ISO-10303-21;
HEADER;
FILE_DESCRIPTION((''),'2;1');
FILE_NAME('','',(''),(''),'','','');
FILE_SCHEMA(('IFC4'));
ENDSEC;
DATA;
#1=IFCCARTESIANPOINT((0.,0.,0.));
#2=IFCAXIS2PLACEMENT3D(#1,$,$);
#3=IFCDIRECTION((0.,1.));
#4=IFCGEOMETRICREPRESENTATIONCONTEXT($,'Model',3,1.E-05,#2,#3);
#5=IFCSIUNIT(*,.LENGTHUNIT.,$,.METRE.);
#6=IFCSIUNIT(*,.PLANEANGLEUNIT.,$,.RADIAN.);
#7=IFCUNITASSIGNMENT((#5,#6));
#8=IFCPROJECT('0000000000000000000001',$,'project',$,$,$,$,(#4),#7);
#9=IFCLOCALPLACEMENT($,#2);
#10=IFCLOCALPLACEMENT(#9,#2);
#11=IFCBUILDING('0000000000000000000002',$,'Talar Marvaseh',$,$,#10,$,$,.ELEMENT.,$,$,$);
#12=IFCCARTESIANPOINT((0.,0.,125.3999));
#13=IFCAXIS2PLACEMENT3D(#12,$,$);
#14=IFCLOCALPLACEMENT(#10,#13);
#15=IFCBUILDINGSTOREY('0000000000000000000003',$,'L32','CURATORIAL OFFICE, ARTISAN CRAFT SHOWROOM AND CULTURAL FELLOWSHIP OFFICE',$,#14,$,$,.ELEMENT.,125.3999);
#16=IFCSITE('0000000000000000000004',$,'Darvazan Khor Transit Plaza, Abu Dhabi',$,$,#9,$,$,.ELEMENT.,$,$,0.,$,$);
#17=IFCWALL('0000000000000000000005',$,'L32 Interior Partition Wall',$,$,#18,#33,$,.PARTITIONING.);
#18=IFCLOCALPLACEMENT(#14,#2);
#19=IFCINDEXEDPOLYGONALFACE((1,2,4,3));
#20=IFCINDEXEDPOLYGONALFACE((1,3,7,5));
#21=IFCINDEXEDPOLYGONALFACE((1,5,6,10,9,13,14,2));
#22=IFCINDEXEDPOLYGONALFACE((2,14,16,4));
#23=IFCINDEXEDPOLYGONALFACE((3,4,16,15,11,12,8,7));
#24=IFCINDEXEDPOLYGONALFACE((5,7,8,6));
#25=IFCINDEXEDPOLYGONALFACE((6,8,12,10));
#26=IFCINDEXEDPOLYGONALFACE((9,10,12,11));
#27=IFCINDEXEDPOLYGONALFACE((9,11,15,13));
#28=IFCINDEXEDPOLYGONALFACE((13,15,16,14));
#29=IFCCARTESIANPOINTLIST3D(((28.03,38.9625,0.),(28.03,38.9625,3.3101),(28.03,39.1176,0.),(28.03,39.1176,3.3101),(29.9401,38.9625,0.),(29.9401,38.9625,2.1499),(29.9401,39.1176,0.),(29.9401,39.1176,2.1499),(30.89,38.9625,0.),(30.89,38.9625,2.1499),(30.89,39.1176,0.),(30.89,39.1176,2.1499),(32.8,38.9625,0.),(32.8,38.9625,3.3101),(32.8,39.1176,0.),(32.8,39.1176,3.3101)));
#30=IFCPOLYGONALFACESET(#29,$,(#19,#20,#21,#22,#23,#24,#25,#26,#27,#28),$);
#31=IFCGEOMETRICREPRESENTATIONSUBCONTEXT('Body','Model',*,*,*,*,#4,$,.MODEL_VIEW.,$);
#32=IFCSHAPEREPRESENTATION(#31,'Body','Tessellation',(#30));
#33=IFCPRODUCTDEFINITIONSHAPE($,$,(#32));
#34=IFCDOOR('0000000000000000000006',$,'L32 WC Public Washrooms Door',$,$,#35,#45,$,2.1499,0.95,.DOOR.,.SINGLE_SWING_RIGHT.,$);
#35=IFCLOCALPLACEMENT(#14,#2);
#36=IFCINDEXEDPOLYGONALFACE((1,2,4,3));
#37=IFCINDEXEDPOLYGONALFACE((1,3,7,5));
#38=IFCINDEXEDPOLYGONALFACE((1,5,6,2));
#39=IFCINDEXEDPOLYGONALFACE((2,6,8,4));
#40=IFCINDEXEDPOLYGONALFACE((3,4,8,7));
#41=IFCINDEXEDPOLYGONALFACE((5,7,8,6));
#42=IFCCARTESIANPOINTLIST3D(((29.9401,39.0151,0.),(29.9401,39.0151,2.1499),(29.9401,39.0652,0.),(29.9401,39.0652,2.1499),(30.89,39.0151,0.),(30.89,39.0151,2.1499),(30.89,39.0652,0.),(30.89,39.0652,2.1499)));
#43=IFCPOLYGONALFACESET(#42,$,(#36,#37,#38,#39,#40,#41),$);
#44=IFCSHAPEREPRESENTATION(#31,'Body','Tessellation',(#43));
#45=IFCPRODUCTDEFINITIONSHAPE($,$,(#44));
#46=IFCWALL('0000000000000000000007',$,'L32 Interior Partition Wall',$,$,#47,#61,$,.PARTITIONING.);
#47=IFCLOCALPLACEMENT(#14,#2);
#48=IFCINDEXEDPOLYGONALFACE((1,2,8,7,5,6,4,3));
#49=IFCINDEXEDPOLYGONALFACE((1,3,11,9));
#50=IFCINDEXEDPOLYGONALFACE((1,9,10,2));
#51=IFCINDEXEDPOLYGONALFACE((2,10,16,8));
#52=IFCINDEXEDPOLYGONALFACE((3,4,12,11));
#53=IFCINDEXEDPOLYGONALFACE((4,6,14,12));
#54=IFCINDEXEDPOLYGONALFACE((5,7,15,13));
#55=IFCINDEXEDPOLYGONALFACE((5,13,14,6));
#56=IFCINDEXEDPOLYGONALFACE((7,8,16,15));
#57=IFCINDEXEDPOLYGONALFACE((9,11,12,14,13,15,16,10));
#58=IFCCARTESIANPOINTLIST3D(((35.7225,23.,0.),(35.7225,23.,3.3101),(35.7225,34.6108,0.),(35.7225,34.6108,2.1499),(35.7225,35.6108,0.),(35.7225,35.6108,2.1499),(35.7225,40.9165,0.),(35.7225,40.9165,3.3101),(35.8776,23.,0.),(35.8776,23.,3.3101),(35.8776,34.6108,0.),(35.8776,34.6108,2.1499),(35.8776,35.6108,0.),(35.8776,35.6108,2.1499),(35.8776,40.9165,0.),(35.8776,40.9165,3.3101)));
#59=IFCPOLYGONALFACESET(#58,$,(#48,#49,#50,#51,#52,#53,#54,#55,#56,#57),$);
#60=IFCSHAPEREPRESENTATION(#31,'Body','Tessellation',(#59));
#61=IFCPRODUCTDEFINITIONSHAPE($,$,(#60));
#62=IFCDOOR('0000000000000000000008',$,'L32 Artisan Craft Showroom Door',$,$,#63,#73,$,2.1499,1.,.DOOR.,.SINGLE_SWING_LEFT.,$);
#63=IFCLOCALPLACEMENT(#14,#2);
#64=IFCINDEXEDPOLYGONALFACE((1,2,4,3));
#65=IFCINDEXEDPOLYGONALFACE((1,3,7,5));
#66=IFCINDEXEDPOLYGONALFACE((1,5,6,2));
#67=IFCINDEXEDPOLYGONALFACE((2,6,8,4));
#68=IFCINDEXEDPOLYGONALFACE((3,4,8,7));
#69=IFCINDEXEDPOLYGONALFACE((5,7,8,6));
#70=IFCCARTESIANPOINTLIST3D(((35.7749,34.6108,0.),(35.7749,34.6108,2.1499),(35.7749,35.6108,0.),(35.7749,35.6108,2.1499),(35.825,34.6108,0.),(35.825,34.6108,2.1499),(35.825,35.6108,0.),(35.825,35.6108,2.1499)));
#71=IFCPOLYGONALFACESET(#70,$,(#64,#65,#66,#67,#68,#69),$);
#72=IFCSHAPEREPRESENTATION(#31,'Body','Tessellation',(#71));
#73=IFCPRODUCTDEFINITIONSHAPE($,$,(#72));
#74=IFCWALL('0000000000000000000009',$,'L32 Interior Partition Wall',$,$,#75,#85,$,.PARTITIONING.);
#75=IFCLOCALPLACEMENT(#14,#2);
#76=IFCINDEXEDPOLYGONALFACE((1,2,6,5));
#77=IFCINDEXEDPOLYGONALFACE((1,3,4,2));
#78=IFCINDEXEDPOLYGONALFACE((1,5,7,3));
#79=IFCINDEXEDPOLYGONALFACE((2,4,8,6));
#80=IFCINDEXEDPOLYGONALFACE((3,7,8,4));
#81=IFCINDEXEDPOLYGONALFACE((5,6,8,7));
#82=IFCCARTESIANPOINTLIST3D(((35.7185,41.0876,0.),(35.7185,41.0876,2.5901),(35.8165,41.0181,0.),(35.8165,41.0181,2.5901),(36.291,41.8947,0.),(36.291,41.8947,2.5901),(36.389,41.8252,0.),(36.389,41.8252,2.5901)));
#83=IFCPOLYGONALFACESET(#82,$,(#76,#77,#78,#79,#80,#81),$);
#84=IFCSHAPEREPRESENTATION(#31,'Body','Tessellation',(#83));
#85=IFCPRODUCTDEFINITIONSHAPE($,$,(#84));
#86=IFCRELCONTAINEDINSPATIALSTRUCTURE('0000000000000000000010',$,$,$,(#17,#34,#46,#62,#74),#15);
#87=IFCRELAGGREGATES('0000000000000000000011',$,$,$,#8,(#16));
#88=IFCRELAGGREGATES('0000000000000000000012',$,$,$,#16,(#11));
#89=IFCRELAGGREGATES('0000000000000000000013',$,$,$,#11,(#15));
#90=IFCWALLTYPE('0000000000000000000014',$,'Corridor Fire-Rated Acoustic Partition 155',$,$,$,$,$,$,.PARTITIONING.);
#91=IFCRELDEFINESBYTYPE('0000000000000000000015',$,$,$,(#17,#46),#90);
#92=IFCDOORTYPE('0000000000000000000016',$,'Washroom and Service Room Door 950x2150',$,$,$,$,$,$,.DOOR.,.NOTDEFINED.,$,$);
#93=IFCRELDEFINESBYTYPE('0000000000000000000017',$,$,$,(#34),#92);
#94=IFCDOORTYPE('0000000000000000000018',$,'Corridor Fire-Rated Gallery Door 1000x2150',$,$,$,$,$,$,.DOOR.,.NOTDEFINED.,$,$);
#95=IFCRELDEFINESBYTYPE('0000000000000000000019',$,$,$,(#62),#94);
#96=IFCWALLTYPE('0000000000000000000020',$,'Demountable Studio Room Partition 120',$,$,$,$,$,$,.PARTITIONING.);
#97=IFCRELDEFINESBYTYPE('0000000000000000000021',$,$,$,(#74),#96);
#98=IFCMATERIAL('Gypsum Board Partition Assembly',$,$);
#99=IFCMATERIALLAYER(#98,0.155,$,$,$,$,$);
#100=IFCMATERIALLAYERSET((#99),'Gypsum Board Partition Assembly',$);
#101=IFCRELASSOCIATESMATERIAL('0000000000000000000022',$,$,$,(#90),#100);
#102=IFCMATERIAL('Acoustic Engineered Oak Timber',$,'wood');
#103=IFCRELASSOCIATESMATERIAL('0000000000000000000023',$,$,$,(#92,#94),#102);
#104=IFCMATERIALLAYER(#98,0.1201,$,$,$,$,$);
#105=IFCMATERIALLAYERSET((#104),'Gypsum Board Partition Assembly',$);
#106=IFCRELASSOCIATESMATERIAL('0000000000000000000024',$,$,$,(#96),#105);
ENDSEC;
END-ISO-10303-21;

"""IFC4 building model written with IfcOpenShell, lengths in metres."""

from ifc_helpers import new_model, si_unit, direction, frame, frame_2d, origin, place, context, subcontext, project, spatial, rectangle, extrude, source, transform, mapped, material, layer, layer_set, type_object, type_shapes, element, fill, save


model = new_model("IFC4")

# Units and contexts
model_context = context("Model", 3, precision=1e-05, world=origin(), true_north=direction((0.0, 1.0)))
body_context = subcontext(model_context, "Body", "Model", "MODEL_VIEW")
ifc_project = project(units=[si_unit("LENGTHUNIT", "METRE"), si_unit("PLANEANGLEUNIT", "RADIAN")], contexts=[model_context])

# Site, building, storey
site_placement = place(None, origin())
site = spatial("IfcSite", under=ifc_project, at=site_placement, Name="Darvazan Khor Transit Plaza, Abu Dhabi", CompositionType="ELEMENT", RefElevation=0.0)
building_placement = place(site_placement, origin())
building = spatial("IfcBuilding", under=site, at=building_placement, Name="Talar Marvaseh", CompositionType="ELEMENT")
storey_placement = place(building_placement, frame((0.0, 0.0, 125.3999)))
storey = spatial("IfcBuildingStorey", under=building, at=storey_placement, Name="L32", Description="CURATORIAL OFFICE, ARTISAN CRAFT SHOWROOM AND CULTURAL FELLOWSHIP OFFICE", CompositionType="ELEMENT", Elevation=125.3999)

# Walls, openings, doors
ifc_material_1 = material(Name="Gypsum Board Partition Assembly")
ifc_layer_1 = layer(ifc_material_1, 0.155)
ifc_layer_set_1 = layer_set([ifc_layer_1], Name="Gypsum Board Partition Assembly")
wall_type_1 = type_object("IfcWallType", Name="Corridor Fire-Rated Acoustic Partition 155", PredefinedType="PARTITIONING", material=ifc_layer_set_1)
wall_1_placement = place(storey_placement, frame((32.8, 39.04, 0.0), z_axis=(0.0, 0.0, 1.0), x_axis=(-1.0, 0.0, 0.0)))
wall_1 = element("IfcWall", 1, at=wall_1_placement, inside=storey, type_object=wall_type_1, Name="L32 Interior Partition Wall", PredefinedType="PARTITIONING", context=body_context, shape_type="SweptSolid", body=[
    extrude(rectangle(XDim=4.77, YDim=0.155, at=frame_2d((2.385, 0.0))), origin(), (0.0, 0.0, 1.0), 3.3101),
])
opening_1_placement = place(wall_1_placement, frame((1.9099, 0.0, 0.0)))
opening_1 = element("IfcOpeningElement", 2, at=opening_1_placement, cuts=wall_1, PredefinedType="OPENING", context=body_context, shape_type="SweptSolid", body=[
    extrude(rectangle(XDim=0.95, YDim=2.1499, at=frame_2d((0.4751, 1.075))), frame((0.0, 0.0874, 0.0), z_axis=(0.0, -1.0, 0.0), x_axis=(1.0, 0.0, 0.0)), (0.0, 0.0, 1.0), 0.175),
])
ifc_material_2 = material(Name="Acoustic Engineered Oak Timber", Category="wood")
door_type_1 = type_object("IfcDoorType", Name="Washroom and Service Room Door 950x2150", OperationType="NOTDEFINED", PredefinedType="DOOR", material=ifc_material_2)
shared_shape_1 = source(origin(), body_context, "Body", "SweptSolid", [
    extrude(rectangle(XDim=0.95, YDim=2.1499, at=frame_2d((0.4751, 1.075))), frame((0.0, 0.0249, 0.0), z_axis=(0.0, -1.0, 0.0), x_axis=(1.0, 0.0, 0.0)), (0.0, 0.0, 1.0), 0.05),
])
type_shapes(door_type_1, [shared_shape_1])
door_1_placement = place(opening_1_placement, origin())
door_1 = element("IfcDoor", 3, at=door_1_placement, inside=storey, type_object=door_type_1, Name="L32 WC Public Washrooms Door", OperationType="SINGLE_SWING_RIGHT", OverallHeight=2.1499, OverallWidth=0.95, PredefinedType="DOOR", context=body_context, shape_type="MappedRepresentation", body=[
    mapped(shared_shape_1, transform((0.0, 0.0, 0.0), x_axis=(1.0, 0.0, 0.0), y_axis=(0.0, 1.0, 0.0), z_axis=(0.0, 0.0, 1.0), scale=1.0)),
])
fill(opening_1, door_1)
wall_2_placement = place(storey_placement, frame((35.8, 40.9165, 0.0), z_axis=(0.0, 0.0, 1.0), x_axis=(0.0, -1.0, 0.0)))
wall_2 = element("IfcWall", 4, at=wall_2_placement, inside=storey, type_object=wall_type_1, Name="L32 Interior Partition Wall", PredefinedType="PARTITIONING", context=body_context, shape_type="SweptSolid", body=[
    extrude(rectangle(XDim=17.9165, YDim=0.155, at=frame_2d((8.9583, 0.0))), origin(), (0.0, 0.0, 1.0), 3.3101),
])
opening_2_placement = place(wall_2_placement, frame((5.3057, 0.0, 0.0)))
opening_2 = element("IfcOpeningElement", 5, at=opening_2_placement, cuts=wall_2, PredefinedType="OPENING", context=body_context, shape_type="SweptSolid", body=[
    extrude(rectangle(XDim=1.0, YDim=2.1499, at=frame_2d((0.5, 1.075))), frame((0.0, 0.0874, 0.0), z_axis=(0.0, -1.0, 0.0), x_axis=(1.0, 0.0, 0.0)), (0.0, 0.0, 1.0), 0.175),
])
door_type_2 = type_object("IfcDoorType", Name="Corridor Fire-Rated Gallery Door 1000x2150", OperationType="NOTDEFINED", PredefinedType="DOOR", material=ifc_material_2)
shared_shape_2 = source(origin(), body_context, "Body", "SweptSolid", [
    extrude(rectangle(XDim=1.0, YDim=2.1499, at=frame_2d((0.5, 1.075))), frame((0.0, 0.0249, 0.0), z_axis=(0.0, -1.0, 0.0), x_axis=(1.0, 0.0, 0.0)), (0.0, 0.0, 1.0), 0.05),
])
type_shapes(door_type_2, [shared_shape_2])
door_2_placement = place(opening_2_placement, origin())
door_2 = element("IfcDoor", 6, at=door_2_placement, inside=storey, type_object=door_type_2, Name="L32 Artisan Craft Showroom Door", OperationType="SINGLE_SWING_LEFT", OverallHeight=2.1499, OverallWidth=1.0, PredefinedType="DOOR", context=body_context, shape_type="MappedRepresentation", body=[
    mapped(shared_shape_2, transform((0.0, 0.0, 0.0), x_axis=(1.0, 0.0, 0.0), y_axis=(0.0, 1.0, 0.0), z_axis=(0.0, 0.0, 1.0), scale=1.0)),
])
fill(opening_2, door_2)

# Wall
ifc_layer_2 = layer(ifc_material_1, 0.1201)
ifc_layer_set_2 = layer_set([ifc_layer_2], Name="Gypsum Board Partition Assembly")
wall_type_2 = type_object("IfcWallType", Name="Demountable Studio Room Partition 120", PredefinedType="PARTITIONING", material=ifc_layer_set_2)
wall_3_placement = place(storey_placement, frame((35.7676, 41.053, 0.0), z_axis=(0.0, 0.0, 1.0), x_axis=(0.578551, 0.815646, 0.0)))
element("IfcWall", 7, at=wall_3_placement, inside=storey, type_object=wall_type_2, Name="L32 Interior Partition Wall", PredefinedType="PARTITIONING", context=body_context, shape_type="SweptSolid", body=[
    extrude(rectangle(XDim=0.9895, YDim=0.1201, at=frame_2d((0.4946, 0.0))), origin(), (0.0, 0.0, 1.0), 2.5901),
])

save(model, "model.ifc")
